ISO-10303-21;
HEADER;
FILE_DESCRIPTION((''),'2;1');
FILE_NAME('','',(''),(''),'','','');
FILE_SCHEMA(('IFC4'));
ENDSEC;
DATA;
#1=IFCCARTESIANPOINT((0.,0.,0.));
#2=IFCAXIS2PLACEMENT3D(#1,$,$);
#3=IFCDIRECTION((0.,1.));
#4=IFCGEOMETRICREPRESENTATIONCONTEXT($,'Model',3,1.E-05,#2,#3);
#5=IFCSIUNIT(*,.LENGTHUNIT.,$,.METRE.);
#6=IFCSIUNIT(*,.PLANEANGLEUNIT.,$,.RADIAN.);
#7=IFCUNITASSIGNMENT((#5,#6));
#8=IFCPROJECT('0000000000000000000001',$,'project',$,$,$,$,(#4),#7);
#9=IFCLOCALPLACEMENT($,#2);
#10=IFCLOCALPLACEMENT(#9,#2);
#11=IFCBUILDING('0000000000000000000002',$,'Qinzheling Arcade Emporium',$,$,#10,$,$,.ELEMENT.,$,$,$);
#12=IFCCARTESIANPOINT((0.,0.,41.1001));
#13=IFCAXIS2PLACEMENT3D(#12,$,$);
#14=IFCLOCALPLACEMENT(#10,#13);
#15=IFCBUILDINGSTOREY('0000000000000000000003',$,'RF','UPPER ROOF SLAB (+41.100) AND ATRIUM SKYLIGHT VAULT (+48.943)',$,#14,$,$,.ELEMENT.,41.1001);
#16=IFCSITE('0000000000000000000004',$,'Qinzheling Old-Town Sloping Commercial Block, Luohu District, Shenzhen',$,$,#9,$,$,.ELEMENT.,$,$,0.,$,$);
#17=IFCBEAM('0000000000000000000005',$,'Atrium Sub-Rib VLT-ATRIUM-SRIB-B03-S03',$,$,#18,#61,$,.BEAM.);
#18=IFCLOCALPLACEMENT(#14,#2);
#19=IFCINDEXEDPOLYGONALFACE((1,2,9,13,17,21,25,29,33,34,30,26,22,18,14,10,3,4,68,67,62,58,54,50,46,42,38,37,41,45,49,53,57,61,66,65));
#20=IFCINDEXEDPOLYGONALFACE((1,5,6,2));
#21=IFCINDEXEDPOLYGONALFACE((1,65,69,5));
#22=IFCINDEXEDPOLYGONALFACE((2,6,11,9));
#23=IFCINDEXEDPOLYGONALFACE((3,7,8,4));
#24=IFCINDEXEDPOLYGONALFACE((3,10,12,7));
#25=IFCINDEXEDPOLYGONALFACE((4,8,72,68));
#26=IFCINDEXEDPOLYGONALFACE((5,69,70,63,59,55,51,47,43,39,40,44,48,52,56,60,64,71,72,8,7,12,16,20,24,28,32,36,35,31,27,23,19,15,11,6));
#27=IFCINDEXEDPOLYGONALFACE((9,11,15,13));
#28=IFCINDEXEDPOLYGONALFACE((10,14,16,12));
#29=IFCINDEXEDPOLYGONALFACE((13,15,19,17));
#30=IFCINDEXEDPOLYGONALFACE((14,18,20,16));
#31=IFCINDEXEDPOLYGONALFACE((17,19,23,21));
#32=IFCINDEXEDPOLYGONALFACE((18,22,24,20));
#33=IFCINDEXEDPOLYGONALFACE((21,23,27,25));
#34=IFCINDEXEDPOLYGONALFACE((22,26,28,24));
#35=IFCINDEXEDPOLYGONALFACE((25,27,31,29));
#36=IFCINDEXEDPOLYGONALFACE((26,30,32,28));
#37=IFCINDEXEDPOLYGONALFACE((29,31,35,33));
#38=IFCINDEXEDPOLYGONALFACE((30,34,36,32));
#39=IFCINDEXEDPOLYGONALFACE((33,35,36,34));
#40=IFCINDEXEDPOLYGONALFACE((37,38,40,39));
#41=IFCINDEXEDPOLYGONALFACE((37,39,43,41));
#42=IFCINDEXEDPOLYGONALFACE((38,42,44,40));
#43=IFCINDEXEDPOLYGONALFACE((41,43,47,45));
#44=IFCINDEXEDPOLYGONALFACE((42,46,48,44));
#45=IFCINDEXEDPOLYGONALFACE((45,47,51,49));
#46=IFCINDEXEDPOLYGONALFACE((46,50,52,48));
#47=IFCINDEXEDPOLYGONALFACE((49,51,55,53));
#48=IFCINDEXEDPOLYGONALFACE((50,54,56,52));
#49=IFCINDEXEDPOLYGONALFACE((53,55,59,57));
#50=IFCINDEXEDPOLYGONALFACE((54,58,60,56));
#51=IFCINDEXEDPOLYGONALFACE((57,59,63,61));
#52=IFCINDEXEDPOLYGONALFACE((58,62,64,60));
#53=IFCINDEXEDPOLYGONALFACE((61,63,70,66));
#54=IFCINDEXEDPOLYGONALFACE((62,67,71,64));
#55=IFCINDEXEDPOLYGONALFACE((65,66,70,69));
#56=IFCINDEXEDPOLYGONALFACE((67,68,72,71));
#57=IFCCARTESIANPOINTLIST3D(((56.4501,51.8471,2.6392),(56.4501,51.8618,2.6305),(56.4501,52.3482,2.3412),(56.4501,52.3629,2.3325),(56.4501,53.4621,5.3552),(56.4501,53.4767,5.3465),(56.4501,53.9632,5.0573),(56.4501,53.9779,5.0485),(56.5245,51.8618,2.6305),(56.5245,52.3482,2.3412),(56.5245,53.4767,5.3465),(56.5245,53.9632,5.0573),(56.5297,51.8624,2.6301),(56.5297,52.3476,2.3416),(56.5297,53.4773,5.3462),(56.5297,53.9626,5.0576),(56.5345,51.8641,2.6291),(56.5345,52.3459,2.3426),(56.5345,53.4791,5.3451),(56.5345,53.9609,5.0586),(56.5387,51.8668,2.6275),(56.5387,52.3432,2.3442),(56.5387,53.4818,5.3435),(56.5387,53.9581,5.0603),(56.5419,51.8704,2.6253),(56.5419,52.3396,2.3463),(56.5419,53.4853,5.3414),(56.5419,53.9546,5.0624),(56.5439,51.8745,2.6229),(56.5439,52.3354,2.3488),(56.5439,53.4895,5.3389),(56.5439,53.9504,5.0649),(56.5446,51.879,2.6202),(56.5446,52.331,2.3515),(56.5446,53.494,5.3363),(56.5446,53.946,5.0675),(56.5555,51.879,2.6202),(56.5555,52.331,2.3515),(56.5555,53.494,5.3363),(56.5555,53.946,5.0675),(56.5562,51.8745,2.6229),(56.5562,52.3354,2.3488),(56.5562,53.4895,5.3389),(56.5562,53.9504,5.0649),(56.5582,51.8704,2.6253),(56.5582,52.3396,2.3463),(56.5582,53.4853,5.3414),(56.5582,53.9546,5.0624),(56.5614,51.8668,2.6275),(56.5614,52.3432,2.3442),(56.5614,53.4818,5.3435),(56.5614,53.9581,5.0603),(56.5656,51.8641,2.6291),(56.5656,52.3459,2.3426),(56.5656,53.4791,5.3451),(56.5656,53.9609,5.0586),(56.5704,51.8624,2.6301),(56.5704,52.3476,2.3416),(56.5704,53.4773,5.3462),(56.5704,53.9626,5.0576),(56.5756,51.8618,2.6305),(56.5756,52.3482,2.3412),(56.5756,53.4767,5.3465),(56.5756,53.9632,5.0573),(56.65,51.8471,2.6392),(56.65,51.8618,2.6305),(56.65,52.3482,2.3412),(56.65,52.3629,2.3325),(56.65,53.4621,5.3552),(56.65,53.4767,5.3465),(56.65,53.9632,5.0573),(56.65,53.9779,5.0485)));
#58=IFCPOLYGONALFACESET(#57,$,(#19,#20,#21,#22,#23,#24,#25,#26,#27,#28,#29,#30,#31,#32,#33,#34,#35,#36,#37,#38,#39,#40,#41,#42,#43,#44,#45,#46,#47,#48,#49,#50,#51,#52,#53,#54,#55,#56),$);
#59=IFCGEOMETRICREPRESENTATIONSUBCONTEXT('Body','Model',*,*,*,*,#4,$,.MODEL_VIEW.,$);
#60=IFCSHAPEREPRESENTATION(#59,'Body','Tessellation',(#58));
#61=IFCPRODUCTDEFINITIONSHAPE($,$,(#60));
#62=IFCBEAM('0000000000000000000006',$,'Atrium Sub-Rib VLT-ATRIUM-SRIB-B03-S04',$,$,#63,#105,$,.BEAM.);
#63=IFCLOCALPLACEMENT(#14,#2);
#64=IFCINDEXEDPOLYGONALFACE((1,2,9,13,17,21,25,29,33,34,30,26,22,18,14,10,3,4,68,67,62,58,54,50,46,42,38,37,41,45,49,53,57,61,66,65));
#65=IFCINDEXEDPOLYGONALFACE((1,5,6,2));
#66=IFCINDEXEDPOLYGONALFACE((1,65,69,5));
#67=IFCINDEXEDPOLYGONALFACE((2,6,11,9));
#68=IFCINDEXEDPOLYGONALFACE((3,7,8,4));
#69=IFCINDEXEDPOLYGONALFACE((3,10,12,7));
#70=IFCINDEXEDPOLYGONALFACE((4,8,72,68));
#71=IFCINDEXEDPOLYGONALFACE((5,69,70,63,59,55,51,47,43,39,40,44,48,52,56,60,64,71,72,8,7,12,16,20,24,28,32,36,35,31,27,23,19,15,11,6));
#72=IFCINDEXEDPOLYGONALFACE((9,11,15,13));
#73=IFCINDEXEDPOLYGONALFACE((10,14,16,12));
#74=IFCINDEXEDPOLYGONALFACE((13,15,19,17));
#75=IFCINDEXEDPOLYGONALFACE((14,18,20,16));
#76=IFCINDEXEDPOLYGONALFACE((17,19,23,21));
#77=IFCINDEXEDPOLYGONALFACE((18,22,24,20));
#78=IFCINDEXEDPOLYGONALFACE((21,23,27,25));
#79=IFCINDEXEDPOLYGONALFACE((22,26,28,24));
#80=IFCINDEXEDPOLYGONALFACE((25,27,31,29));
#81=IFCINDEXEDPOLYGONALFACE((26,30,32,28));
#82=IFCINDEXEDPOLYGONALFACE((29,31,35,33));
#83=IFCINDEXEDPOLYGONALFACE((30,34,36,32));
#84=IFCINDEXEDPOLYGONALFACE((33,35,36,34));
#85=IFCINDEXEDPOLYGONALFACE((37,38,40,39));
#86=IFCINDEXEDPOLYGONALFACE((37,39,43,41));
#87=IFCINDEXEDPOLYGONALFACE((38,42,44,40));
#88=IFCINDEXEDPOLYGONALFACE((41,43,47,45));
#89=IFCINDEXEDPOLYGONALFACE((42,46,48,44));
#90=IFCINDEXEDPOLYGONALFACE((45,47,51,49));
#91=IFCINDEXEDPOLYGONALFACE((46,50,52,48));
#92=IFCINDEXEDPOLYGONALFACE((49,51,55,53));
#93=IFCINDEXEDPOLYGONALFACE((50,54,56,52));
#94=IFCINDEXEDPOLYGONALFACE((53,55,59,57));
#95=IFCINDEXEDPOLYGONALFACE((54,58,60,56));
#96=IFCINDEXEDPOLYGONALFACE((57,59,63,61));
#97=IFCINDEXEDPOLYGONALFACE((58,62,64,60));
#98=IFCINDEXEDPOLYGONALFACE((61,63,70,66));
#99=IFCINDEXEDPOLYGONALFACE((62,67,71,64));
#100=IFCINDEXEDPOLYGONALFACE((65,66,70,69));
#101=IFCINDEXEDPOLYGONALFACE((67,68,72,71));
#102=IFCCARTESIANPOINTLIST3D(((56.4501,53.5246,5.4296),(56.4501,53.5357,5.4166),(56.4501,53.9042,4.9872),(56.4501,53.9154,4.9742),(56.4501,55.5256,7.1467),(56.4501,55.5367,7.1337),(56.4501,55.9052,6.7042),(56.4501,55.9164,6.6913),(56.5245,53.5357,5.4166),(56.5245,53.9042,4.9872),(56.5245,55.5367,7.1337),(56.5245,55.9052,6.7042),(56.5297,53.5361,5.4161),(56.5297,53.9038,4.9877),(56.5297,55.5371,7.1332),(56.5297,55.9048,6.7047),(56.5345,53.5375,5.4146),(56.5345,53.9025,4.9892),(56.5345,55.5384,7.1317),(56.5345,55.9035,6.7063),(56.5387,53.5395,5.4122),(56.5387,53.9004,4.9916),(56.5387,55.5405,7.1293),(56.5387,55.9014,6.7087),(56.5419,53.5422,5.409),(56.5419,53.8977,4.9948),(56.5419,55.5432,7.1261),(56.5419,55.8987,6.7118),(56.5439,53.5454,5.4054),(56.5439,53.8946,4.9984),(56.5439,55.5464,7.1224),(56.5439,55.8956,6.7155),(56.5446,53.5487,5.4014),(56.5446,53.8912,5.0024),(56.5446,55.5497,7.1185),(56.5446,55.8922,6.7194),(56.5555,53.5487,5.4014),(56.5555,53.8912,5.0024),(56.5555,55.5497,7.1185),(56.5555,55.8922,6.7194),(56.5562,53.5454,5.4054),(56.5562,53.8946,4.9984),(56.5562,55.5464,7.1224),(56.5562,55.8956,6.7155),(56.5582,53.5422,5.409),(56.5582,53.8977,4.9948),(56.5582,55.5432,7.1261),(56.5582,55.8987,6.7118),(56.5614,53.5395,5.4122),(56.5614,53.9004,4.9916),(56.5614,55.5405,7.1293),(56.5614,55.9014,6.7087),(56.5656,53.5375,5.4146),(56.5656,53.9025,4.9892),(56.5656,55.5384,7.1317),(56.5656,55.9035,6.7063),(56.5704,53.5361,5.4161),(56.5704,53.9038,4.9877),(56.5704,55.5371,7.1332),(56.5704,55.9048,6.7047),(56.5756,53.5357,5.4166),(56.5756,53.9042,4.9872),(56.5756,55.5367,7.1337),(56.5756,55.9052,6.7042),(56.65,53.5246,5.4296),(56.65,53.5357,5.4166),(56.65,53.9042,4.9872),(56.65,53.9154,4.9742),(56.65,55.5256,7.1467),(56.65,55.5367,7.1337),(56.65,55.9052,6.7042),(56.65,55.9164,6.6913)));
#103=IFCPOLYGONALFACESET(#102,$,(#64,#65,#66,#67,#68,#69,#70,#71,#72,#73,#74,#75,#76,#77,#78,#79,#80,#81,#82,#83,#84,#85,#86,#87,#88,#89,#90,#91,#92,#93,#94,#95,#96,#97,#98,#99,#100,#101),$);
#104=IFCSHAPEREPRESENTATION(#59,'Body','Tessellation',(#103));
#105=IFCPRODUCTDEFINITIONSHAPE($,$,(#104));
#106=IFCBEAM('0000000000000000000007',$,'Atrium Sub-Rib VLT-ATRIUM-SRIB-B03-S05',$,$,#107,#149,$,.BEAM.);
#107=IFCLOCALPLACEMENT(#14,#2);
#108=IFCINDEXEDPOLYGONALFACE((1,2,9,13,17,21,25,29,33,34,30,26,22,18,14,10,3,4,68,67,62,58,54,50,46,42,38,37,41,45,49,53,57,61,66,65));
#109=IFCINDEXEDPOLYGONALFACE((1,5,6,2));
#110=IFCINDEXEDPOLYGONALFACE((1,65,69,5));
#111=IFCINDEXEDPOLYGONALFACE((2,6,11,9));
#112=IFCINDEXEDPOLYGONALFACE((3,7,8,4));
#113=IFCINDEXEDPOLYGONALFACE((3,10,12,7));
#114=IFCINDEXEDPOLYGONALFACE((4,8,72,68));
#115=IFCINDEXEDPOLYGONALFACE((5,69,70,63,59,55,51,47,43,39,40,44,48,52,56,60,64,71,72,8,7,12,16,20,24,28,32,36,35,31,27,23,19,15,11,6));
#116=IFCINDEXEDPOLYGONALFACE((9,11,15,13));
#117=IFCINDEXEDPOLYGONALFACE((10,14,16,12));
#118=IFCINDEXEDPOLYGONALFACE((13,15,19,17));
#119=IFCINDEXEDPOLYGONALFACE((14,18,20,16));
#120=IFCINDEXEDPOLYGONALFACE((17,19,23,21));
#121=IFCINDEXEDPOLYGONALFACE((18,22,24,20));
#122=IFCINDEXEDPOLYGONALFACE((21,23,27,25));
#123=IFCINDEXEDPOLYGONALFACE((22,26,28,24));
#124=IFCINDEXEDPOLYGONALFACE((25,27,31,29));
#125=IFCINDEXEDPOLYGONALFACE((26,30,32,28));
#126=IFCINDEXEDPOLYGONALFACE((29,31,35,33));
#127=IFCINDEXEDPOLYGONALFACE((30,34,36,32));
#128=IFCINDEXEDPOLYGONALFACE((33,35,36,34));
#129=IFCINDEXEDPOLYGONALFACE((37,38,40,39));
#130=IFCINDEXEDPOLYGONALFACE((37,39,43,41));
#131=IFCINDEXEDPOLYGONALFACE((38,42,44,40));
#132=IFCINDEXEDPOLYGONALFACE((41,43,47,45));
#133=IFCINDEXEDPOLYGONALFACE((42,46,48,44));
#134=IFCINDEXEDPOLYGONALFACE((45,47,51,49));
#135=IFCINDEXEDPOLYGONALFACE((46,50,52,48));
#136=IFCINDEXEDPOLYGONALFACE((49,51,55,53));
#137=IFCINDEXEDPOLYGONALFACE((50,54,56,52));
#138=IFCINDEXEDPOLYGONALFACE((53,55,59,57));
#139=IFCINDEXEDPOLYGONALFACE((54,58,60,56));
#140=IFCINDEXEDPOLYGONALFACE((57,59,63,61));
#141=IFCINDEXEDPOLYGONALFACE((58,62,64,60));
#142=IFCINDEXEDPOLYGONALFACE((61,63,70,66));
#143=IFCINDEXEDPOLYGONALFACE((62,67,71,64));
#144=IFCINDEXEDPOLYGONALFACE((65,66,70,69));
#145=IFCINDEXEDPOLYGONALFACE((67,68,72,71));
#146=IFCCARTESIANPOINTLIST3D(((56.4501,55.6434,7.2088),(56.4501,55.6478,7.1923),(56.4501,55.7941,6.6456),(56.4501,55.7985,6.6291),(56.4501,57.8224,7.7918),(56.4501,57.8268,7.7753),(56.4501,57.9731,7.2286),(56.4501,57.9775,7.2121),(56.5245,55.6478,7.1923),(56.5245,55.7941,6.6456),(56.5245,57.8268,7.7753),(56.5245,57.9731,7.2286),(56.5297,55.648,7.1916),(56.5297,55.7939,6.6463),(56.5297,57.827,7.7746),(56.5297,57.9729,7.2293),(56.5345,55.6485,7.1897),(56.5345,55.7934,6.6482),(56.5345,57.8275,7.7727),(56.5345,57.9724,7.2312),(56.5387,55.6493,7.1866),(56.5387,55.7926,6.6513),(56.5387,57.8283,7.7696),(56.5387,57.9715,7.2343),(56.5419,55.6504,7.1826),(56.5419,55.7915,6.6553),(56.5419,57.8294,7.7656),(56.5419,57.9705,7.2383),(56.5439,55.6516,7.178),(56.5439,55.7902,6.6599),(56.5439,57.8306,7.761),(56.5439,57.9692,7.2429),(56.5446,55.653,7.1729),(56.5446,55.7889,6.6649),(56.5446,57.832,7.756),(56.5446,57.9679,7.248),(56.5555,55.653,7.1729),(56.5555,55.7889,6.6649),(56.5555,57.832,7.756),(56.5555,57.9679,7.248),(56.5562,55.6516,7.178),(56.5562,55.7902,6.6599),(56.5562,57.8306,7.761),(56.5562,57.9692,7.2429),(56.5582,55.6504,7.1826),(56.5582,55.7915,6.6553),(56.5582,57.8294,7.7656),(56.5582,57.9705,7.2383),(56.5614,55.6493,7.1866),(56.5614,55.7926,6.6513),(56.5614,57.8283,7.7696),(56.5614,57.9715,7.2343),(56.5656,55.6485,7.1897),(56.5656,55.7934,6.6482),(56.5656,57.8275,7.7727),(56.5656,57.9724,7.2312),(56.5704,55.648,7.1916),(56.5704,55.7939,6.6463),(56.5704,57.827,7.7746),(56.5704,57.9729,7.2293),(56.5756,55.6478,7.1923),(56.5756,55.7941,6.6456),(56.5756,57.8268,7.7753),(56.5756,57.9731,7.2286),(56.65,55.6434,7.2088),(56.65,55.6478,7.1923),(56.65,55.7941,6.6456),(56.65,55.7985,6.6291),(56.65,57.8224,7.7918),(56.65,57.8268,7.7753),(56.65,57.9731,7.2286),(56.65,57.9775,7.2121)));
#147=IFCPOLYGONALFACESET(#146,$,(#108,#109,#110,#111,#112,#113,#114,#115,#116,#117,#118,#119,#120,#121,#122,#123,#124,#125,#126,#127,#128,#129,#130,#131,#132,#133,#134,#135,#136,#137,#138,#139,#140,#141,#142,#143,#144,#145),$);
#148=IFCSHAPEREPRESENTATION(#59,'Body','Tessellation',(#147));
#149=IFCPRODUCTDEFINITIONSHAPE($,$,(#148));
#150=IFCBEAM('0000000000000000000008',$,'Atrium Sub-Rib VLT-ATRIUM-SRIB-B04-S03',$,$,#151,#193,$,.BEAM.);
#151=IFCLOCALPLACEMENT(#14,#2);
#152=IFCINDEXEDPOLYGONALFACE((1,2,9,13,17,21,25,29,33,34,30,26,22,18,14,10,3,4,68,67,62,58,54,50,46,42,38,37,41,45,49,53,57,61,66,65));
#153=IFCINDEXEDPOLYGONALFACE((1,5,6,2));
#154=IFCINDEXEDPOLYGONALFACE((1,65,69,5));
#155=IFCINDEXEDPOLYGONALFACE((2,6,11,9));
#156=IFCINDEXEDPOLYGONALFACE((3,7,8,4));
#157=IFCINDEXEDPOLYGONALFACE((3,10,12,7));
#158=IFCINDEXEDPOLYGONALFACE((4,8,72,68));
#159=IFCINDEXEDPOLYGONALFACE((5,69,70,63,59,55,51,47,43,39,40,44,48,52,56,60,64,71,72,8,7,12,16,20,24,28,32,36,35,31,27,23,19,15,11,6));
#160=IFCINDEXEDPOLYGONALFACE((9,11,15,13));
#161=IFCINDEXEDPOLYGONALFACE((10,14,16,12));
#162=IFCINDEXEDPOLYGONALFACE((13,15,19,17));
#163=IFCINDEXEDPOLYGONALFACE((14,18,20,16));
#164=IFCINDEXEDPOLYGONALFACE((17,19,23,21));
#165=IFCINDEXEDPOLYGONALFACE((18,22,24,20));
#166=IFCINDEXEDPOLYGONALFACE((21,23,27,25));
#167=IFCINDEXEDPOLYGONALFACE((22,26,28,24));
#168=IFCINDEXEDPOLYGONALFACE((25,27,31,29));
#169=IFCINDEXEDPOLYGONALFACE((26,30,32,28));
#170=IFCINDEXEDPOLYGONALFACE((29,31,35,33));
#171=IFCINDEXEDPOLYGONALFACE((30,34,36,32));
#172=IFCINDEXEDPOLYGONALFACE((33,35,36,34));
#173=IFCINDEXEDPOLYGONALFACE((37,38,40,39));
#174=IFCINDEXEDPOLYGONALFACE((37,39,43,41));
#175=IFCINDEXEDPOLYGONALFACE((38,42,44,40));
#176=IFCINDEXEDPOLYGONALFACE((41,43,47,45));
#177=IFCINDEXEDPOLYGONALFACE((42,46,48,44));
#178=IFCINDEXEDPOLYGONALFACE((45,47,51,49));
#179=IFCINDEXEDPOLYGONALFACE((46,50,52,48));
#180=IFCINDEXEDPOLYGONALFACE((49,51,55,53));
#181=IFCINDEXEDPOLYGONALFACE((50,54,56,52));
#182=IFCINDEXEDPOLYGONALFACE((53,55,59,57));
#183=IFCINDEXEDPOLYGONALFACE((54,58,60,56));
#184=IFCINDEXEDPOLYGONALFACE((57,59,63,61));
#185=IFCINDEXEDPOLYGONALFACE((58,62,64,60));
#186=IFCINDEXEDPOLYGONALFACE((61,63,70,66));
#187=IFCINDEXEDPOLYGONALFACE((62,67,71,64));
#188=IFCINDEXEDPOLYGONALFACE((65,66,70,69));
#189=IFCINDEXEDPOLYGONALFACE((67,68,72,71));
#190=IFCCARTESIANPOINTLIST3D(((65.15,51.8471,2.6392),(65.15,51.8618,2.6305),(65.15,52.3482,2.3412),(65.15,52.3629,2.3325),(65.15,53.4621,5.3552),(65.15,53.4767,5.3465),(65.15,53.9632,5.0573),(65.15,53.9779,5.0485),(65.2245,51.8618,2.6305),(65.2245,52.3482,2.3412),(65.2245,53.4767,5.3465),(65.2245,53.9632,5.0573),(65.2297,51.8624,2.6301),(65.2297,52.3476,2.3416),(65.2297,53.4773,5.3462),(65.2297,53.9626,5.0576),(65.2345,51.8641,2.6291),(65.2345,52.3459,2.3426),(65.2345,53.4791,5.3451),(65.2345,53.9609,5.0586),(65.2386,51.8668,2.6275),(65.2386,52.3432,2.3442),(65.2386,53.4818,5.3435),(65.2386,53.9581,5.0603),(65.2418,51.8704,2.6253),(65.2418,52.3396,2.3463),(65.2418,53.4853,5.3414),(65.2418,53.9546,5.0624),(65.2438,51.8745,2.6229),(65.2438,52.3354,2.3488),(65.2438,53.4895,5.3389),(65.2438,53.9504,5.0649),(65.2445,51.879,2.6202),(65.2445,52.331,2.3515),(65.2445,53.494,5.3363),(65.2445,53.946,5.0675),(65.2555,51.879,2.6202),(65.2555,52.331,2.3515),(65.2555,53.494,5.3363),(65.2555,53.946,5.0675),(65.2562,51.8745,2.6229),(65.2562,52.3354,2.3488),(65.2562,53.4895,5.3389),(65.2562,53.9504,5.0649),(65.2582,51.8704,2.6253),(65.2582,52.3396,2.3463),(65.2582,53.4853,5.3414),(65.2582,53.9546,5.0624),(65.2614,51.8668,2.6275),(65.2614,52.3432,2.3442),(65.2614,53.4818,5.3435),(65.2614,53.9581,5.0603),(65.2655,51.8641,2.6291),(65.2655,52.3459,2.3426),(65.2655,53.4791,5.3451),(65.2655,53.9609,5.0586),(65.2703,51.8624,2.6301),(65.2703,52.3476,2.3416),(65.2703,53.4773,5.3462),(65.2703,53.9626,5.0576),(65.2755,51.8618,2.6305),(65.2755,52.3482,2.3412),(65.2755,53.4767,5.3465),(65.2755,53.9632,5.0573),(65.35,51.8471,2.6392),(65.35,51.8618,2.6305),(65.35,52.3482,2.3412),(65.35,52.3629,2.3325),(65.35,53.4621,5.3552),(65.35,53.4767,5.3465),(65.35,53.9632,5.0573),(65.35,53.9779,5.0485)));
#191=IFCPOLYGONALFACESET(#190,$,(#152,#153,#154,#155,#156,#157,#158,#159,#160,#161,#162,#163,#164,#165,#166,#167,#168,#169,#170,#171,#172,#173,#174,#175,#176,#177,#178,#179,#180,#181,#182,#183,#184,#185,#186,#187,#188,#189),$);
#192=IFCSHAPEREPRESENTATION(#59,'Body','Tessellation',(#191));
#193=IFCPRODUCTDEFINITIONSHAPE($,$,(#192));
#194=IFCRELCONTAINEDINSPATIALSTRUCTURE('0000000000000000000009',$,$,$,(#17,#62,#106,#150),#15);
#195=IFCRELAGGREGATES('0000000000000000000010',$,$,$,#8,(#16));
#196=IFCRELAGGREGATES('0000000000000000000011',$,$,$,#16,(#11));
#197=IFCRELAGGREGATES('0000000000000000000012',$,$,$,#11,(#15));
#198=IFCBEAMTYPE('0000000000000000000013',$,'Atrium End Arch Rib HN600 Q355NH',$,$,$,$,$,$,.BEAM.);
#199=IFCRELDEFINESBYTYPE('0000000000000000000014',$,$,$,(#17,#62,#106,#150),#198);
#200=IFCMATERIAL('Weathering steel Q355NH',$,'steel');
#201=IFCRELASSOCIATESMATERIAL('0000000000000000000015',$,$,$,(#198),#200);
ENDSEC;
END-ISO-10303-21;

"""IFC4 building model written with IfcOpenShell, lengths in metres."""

from ifc_helpers import new_model, si_unit, direction, frame, origin, origin_2d, place, context, subcontext, project, spatial, i_section, extrude, material, material_profile, profile_set, type_object, element, save


model = new_model("IFC4")

# Units and contexts
model_context = context("Model", 3, precision=1e-05, world=origin(), true_north=direction((0.0, 1.0)))
body_context = subcontext(model_context, "Body", "Model", "MODEL_VIEW")
ifc_project = project(units=[si_unit("LENGTHUNIT", "METRE"), si_unit("PLANEANGLEUNIT", "RADIAN")], contexts=[model_context])

# Site, building, storey
site_placement = place(None, origin())
site = spatial("IfcSite", under=ifc_project, at=site_placement, Name="Qinzheling Old-Town Sloping Commercial Block, Luohu District, Shenzhen", CompositionType="ELEMENT", RefElevation=0.0)
building_placement = place(site_placement, origin())
building = spatial("IfcBuilding", under=site, at=building_placement, Name="Qinzheling Arcade Emporium", CompositionType="ELEMENT")
storey_placement = place(building_placement, frame((0.0, 0.0, 41.1001)))
storey = spatial("IfcBuildingStorey", under=building, at=storey_placement, Name="RF", Description="UPPER ROOF SLAB (+41.100) AND ATRIUM SKYLIGHT VAULT (+48.943)", CompositionType="ELEMENT", Elevation=41.1001)

# Beams
ifc_material_1 = material(Name="Weathering steel Q355NH", Category="steel")
ifc_material_profile_1 = material_profile(ifc_material_1, i_section(OverallWidth=0.2, OverallDepth=0.6001, WebThickness=0.011, FlangeThickness=0.0171, FilletRadius=0.02, at=origin_2d()), Name="HN 600x200x11x17", Category="steel")
ifc_profile_set_1 = profile_set([ifc_material_profile_1], Name="Weathering steel Q355NH")
beam_type_1 = type_object("IfcBeamType", Name="Atrium End Arch Rib HN600 Q355NH", PredefinedType="BEAM", material=ifc_profile_set_1)
beam_1_placement = place(storey_placement, frame((56.55, 52.105, 2.4858), z_axis=(0.0, 0.511083, 0.859531), x_axis=(-1.0, 0.0, 0.0)))
element("IfcBeam", 1, at=beam_1_placement, inside=storey, type_object=beam_type_1, Name="Atrium Sub-Rib VLT-ATRIUM-SRIB-B03-S03", PredefinedType="BEAM", context=body_context, shape_type="SweptSolid", body=[
    extrude(i_section(OverallWidth=0.2, OverallDepth=0.6001, WebThickness=0.011, FlangeThickness=0.0171, FilletRadius=0.02, at=origin_2d()), origin(), (0.0, 0.0, 1.0), 3.1599),
])
beam_2_placement = place(storey_placement, frame((56.55, 53.72, 5.2019), z_axis=(0.0, 0.758897, 0.651211), x_axis=(-1.0, 0.0, 0.0)))
element("IfcBeam", 2, at=beam_2_placement, inside=storey, type_object=beam_type_1, Name="Atrium Sub-Rib VLT-ATRIUM-SRIB-B03-S04", PredefinedType="BEAM", context=body_context, shape_type="SweptSolid", body=[
    extrude(i_section(OverallWidth=0.2, OverallDepth=0.6001, WebThickness=0.011, FlangeThickness=0.0171, FilletRadius=0.02, at=origin_2d()), origin(), (0.0, 0.0, 1.0), 2.6367),
])
beam_3_placement = place(storey_placement, frame((56.55, 55.7209, 6.9189), z_axis=(0.0, 0.966019, 0.258471), x_axis=(-1.0, 0.0, 0.0)))
element("IfcBeam", 3, at=beam_3_placement, inside=storey, type_object=beam_type_1, Name="Atrium Sub-Rib VLT-ATRIUM-SRIB-B03-S05", PredefinedType="BEAM", context=body_context, shape_type="SweptSolid", body=[
    extrude(i_section(OverallWidth=0.2, OverallDepth=0.6001, WebThickness=0.011, FlangeThickness=0.0171, FilletRadius=0.02, at=origin_2d()), origin(), (0.0, 0.0, 1.0), 2.2556),
])
beam_4_placement = place(storey_placement, frame((65.25, 52.105, 2.4858), z_axis=(0.0, 0.511083, 0.859531), x_axis=(-1.0, 0.0, 0.0)))
element("IfcBeam", 4, at=beam_4_placement, inside=storey, type_object=beam_type_1, Name="Atrium Sub-Rib VLT-ATRIUM-SRIB-B04-S03", PredefinedType="BEAM", context=body_context, shape_type="SweptSolid", body=[
    extrude(i_section(OverallWidth=0.2, OverallDepth=0.6001, WebThickness=0.011, FlangeThickness=0.0171, FilletRadius=0.02, at=origin_2d()), origin(), (0.0, 0.0, 1.0), 3.1599),
])

save(model, "model.ifc")
